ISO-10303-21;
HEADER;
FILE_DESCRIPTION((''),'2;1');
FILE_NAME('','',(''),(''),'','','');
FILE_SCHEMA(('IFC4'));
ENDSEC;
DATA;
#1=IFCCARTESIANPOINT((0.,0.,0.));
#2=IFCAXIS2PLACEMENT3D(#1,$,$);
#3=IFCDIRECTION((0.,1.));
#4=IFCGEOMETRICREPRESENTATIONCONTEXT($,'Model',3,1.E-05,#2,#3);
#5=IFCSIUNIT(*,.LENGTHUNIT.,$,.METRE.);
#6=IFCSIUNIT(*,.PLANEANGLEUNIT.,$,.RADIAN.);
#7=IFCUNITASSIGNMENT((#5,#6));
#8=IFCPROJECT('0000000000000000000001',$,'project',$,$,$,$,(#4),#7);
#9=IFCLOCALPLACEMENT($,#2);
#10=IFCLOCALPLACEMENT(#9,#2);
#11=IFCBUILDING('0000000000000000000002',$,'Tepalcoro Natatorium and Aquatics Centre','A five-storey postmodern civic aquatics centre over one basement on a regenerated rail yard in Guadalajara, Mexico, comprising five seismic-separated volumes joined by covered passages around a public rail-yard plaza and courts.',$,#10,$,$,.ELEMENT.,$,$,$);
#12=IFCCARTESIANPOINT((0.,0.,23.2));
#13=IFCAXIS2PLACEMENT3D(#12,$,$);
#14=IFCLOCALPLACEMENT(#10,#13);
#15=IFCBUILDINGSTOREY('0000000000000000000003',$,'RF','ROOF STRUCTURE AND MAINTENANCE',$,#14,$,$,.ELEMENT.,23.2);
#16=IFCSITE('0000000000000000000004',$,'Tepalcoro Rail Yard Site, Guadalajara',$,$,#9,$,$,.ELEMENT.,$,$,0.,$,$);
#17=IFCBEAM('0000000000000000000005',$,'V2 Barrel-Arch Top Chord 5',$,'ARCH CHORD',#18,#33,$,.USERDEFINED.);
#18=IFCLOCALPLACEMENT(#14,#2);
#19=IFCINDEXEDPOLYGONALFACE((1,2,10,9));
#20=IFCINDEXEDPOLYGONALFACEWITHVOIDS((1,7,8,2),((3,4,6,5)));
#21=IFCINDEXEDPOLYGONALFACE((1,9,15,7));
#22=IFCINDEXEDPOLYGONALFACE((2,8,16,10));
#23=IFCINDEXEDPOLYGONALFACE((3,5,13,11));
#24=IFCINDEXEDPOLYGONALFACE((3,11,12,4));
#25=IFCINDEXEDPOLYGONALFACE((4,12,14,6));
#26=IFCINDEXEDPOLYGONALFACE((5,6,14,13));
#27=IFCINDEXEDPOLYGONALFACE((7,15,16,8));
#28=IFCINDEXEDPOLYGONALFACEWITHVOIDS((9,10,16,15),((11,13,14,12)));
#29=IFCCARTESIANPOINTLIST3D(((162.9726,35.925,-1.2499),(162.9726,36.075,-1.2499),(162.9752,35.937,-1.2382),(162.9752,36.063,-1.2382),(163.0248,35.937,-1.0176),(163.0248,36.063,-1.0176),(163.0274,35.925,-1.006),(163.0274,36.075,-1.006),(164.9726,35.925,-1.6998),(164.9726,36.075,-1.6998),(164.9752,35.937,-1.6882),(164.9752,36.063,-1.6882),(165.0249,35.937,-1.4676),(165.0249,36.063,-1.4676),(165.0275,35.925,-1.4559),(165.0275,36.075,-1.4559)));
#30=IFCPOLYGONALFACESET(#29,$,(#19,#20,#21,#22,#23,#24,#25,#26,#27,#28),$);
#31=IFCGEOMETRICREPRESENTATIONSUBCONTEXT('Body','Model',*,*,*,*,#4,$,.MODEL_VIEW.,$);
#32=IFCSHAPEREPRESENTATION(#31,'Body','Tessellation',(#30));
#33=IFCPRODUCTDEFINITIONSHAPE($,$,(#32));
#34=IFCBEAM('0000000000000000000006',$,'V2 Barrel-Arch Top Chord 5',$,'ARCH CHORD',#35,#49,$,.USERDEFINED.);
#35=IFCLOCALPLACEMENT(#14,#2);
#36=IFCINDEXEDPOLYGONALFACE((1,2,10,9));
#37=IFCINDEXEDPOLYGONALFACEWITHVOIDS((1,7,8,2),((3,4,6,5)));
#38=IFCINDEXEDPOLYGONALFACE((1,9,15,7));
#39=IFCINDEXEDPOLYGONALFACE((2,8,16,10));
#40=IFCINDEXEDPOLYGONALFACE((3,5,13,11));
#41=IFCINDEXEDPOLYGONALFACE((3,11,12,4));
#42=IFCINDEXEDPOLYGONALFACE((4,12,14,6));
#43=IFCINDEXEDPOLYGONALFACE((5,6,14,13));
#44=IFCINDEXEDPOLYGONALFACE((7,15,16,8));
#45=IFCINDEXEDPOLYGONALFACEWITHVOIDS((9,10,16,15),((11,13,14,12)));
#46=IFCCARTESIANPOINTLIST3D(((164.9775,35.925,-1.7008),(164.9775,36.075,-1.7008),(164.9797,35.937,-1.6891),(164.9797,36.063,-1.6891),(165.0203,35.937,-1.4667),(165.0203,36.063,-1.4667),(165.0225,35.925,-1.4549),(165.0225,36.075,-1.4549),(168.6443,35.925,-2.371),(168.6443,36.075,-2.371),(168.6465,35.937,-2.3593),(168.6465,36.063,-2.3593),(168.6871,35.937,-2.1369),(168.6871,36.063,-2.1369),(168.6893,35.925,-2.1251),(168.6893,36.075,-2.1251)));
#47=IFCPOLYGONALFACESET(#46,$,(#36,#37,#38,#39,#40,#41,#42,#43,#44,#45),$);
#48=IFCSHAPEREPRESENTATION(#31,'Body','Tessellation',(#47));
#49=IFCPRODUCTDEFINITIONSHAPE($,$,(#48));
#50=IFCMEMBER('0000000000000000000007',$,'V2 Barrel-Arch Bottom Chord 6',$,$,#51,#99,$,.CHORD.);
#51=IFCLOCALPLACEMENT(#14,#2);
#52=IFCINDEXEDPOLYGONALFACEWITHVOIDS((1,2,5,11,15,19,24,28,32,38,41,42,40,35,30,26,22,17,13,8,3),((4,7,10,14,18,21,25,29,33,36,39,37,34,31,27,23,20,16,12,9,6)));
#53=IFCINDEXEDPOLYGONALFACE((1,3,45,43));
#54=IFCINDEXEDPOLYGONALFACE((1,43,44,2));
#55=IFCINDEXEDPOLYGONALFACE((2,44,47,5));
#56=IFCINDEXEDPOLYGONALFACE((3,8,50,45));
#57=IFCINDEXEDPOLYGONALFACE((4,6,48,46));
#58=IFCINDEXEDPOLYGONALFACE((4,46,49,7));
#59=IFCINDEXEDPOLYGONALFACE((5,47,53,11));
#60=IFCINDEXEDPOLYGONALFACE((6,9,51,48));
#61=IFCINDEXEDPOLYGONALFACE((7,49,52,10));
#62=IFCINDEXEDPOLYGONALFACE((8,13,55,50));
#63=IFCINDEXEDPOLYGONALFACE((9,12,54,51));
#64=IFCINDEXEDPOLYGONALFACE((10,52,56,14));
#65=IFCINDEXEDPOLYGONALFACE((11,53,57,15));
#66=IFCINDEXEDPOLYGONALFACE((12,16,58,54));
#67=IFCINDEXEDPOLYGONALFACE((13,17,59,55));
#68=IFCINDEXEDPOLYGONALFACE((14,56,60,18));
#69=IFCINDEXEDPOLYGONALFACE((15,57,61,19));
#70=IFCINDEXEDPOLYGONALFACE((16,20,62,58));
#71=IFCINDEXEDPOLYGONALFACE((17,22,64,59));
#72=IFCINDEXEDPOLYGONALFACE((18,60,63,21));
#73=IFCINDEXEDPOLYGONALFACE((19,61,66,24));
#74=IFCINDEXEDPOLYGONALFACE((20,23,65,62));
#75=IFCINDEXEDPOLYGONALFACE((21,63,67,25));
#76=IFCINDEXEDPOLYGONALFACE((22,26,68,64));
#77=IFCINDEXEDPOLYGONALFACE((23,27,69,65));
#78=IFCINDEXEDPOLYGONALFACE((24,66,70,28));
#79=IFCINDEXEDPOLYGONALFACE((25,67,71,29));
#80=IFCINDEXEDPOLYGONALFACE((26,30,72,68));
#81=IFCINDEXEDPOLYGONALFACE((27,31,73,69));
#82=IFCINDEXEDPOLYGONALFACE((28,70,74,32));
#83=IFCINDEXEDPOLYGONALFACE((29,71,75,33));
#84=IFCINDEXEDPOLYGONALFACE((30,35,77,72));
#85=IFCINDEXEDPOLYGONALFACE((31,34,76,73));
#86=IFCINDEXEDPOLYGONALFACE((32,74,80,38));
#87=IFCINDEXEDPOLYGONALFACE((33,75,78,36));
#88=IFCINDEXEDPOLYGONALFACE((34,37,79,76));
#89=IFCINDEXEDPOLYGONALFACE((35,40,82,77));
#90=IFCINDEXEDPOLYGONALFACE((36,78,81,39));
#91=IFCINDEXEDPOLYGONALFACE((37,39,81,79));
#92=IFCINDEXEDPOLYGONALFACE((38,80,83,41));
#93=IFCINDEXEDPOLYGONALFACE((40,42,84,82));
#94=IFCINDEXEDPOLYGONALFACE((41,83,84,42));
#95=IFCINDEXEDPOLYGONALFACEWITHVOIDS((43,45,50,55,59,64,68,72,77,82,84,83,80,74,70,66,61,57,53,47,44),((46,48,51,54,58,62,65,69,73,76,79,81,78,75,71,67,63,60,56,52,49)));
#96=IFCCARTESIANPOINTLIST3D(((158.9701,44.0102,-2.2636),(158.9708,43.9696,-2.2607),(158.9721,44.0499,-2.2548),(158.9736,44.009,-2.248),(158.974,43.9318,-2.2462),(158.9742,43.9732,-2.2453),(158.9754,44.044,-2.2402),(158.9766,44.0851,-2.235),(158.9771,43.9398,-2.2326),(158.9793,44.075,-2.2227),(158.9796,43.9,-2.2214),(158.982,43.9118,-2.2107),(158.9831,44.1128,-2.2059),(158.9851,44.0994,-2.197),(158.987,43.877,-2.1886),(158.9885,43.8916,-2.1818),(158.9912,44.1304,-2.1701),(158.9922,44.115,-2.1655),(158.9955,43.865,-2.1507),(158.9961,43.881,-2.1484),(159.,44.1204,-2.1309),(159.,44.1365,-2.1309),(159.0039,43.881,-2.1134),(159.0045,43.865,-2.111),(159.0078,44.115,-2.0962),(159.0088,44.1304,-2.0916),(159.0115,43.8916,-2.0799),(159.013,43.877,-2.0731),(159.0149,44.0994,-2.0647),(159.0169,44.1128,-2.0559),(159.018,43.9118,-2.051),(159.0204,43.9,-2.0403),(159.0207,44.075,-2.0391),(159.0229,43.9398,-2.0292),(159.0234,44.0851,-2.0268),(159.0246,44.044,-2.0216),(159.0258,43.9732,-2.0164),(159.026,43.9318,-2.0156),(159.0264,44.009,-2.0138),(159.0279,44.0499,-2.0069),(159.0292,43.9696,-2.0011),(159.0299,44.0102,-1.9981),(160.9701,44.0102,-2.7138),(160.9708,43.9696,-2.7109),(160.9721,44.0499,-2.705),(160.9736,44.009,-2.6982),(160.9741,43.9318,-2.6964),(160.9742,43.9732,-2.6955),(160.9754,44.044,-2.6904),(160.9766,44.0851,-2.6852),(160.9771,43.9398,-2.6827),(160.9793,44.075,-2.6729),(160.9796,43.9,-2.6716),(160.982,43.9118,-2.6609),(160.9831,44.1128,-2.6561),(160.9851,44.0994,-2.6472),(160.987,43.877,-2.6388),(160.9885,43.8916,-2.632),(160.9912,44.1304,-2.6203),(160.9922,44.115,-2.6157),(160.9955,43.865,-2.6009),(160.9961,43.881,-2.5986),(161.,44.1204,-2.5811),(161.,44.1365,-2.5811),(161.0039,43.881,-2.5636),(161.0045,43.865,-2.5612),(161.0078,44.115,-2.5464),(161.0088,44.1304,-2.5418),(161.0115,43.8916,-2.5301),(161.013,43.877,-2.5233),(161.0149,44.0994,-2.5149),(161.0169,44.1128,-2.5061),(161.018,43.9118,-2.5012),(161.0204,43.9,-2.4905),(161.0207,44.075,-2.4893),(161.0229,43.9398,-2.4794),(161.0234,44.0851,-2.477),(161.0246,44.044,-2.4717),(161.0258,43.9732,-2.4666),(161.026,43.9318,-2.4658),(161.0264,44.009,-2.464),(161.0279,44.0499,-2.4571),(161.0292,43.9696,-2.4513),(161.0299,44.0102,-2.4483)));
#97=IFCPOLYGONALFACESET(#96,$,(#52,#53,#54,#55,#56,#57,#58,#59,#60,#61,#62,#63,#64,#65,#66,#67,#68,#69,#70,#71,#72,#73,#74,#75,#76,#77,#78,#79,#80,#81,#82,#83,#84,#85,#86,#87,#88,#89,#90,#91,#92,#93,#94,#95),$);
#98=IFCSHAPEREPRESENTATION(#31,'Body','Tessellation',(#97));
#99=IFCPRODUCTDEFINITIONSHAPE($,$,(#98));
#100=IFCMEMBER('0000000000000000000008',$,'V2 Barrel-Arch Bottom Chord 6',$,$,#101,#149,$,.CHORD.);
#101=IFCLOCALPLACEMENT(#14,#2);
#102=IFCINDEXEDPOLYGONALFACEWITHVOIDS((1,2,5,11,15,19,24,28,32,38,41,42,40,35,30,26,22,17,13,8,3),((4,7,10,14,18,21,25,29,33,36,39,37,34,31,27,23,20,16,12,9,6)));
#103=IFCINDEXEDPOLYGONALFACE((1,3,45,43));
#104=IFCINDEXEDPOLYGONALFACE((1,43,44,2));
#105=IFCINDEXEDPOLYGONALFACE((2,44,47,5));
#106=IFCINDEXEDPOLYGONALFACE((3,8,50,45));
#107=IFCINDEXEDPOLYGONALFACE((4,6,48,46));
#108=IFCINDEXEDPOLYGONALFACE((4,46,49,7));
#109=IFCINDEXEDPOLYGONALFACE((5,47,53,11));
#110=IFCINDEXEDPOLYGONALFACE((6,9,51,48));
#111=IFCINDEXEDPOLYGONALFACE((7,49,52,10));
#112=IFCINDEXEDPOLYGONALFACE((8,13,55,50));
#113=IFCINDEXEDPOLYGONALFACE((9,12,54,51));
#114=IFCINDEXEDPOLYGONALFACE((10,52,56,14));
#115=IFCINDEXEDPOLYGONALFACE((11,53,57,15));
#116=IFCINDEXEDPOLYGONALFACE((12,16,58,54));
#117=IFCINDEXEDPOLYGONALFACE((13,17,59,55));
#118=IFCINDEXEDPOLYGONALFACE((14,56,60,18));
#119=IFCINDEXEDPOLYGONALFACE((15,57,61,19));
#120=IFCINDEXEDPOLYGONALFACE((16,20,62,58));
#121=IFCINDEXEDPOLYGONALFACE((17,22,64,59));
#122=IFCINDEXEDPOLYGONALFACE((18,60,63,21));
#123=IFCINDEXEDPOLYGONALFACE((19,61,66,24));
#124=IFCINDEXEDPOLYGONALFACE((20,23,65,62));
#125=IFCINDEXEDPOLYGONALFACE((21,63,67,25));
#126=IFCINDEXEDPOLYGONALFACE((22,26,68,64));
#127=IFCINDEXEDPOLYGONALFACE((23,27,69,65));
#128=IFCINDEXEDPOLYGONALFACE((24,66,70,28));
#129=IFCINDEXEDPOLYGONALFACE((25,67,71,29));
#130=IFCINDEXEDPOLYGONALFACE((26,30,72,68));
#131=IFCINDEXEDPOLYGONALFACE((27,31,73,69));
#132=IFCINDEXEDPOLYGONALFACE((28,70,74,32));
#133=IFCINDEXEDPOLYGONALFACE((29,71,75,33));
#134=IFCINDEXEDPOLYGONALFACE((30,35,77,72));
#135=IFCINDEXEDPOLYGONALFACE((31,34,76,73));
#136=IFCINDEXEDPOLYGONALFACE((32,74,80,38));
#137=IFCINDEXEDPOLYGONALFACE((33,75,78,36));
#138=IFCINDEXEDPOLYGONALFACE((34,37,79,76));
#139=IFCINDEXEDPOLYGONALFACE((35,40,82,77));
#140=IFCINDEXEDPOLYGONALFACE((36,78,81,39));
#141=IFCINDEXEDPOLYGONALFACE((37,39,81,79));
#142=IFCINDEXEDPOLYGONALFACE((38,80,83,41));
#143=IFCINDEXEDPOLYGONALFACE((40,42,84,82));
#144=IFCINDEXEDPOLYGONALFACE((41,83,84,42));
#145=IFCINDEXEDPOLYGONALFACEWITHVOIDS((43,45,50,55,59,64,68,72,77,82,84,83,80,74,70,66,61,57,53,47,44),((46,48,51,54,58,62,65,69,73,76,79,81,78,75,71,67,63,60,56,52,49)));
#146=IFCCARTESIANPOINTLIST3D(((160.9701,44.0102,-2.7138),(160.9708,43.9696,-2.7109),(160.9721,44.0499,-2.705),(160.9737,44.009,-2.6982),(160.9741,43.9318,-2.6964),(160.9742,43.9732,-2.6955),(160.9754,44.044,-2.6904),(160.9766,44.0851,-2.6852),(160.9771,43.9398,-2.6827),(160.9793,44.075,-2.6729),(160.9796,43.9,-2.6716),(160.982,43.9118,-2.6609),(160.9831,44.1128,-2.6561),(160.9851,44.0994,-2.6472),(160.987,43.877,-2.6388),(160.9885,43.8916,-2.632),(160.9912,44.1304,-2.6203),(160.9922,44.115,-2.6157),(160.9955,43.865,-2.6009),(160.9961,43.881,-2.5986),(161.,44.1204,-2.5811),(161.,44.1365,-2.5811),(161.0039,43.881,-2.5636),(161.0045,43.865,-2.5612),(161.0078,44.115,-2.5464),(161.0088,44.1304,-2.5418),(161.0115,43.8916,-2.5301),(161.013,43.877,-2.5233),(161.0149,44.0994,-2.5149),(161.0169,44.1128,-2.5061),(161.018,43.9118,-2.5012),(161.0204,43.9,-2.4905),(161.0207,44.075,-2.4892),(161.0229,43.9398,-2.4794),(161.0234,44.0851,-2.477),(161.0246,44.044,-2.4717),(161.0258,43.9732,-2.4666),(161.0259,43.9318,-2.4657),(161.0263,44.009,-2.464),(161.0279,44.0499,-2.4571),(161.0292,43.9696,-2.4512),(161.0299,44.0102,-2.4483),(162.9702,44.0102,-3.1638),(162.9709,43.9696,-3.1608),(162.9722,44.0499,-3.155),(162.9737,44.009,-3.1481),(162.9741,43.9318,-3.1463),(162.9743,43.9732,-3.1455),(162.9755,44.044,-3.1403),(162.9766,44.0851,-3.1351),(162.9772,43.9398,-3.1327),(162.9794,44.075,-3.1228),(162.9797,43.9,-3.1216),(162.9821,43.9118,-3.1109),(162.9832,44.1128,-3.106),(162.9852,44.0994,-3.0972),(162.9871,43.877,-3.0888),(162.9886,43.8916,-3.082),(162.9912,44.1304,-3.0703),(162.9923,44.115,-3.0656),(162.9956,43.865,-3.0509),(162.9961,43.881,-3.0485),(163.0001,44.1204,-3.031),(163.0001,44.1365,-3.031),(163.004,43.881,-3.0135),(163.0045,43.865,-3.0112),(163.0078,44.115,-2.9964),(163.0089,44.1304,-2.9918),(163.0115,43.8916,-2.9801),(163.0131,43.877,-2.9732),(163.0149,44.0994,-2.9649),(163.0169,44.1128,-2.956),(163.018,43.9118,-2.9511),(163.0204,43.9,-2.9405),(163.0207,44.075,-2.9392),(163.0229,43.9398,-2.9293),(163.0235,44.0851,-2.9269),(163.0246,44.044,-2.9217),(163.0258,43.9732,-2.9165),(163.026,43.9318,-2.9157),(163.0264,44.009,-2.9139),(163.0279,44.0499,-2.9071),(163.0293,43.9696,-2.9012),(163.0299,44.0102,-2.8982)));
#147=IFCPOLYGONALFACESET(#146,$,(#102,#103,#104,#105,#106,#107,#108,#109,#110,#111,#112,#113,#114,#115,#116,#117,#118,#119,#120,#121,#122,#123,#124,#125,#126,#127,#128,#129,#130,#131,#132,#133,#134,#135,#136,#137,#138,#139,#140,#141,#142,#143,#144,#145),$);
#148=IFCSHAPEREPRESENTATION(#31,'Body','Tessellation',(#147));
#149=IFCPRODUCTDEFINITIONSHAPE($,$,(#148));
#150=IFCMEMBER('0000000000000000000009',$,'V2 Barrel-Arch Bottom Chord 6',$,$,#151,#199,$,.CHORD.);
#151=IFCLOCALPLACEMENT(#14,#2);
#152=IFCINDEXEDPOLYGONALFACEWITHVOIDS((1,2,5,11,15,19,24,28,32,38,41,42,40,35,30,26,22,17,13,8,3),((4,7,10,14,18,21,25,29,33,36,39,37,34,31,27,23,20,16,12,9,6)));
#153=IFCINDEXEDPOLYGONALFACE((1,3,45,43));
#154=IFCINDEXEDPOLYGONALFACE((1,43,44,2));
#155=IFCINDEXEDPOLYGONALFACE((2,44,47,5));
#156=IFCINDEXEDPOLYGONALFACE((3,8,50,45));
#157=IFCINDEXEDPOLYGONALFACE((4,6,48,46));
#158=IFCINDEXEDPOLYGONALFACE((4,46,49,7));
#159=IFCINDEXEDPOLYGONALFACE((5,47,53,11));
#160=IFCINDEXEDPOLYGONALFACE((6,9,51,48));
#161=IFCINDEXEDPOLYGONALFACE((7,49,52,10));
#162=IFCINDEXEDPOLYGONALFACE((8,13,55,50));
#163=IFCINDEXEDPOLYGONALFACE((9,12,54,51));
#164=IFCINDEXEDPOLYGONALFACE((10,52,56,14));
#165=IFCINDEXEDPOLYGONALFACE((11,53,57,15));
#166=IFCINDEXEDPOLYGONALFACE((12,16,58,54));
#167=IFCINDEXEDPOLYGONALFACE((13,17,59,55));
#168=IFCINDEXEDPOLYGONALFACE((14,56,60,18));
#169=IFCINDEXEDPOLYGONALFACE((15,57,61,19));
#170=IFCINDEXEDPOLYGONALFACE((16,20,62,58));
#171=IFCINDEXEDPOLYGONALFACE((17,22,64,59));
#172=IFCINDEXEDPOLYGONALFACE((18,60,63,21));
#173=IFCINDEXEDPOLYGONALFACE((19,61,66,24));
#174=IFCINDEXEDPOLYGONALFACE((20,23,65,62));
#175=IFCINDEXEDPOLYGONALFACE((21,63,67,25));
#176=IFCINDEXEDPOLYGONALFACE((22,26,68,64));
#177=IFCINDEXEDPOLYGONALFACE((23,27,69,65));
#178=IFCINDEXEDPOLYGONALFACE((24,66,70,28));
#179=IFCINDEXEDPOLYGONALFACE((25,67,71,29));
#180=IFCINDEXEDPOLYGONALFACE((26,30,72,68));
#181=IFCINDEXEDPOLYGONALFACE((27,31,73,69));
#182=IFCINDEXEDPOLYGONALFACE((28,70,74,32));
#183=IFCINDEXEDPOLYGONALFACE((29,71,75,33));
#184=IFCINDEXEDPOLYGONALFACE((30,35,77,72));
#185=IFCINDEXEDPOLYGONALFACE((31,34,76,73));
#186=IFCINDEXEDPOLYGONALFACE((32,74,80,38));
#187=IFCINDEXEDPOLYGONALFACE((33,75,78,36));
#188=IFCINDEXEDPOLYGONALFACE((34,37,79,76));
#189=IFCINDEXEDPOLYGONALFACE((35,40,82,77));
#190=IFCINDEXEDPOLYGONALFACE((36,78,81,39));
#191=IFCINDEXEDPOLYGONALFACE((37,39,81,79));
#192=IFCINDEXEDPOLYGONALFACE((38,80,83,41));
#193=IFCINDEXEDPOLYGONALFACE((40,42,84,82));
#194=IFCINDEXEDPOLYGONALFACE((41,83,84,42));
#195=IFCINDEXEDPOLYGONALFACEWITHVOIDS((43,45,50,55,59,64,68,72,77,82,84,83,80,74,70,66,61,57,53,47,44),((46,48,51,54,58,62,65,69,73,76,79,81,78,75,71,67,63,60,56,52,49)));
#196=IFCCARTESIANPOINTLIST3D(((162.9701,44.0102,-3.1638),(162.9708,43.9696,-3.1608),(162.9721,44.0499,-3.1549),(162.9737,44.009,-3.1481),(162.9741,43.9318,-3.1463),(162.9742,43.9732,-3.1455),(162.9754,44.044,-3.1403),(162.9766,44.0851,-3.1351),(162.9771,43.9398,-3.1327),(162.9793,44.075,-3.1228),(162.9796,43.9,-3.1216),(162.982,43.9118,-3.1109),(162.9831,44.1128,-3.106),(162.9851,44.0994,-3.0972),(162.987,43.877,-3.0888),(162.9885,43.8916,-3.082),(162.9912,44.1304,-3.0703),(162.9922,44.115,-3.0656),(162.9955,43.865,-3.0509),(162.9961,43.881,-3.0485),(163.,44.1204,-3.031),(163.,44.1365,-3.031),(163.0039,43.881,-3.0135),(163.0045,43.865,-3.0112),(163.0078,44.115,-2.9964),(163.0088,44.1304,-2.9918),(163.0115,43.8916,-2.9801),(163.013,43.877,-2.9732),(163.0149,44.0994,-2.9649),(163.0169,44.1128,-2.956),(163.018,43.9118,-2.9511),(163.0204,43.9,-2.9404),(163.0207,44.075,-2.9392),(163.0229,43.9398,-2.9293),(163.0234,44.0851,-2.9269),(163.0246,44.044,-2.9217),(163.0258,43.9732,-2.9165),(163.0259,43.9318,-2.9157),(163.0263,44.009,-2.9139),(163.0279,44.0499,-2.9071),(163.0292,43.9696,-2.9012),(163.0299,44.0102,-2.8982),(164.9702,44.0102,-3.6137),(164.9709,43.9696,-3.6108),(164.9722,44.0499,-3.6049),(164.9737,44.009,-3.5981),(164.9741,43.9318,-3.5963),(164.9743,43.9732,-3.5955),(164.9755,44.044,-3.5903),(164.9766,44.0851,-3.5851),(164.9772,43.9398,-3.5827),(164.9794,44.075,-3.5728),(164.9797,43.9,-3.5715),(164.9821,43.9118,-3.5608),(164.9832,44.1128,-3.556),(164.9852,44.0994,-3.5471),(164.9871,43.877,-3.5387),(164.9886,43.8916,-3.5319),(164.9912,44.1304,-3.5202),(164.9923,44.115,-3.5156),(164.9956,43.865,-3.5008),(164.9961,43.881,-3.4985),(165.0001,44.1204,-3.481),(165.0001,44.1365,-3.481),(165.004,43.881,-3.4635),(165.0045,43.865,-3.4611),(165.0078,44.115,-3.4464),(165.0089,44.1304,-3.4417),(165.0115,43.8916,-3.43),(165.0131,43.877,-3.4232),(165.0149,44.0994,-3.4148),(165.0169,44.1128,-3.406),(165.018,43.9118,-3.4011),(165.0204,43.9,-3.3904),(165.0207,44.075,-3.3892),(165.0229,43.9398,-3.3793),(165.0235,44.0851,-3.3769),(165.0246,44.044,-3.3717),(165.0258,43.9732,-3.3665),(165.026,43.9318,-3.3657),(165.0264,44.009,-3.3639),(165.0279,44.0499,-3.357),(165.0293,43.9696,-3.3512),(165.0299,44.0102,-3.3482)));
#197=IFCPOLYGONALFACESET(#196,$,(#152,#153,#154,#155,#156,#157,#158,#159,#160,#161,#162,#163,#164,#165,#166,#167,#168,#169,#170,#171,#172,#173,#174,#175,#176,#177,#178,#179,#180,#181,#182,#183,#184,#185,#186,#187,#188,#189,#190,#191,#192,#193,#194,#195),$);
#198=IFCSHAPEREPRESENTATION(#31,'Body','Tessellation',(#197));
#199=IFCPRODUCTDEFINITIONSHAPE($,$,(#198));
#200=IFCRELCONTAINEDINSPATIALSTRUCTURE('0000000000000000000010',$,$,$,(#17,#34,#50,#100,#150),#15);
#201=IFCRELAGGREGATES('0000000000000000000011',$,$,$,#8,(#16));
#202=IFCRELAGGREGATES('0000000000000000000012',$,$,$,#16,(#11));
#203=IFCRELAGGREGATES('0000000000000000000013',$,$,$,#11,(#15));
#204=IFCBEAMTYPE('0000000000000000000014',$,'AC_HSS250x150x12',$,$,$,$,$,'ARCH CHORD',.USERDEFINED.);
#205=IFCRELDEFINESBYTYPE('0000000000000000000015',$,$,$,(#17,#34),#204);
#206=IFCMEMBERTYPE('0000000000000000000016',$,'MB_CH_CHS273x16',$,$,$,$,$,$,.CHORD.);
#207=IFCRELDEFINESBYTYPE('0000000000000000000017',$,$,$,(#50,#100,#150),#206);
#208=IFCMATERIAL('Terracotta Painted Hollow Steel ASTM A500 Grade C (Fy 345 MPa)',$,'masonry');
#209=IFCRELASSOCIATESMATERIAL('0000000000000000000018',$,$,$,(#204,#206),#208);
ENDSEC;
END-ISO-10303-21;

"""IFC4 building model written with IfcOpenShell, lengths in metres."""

from ifc_helpers import new_model, si_unit, direction, frame, origin, origin_2d, place, context, subcontext, project, spatial, hollow_rectangle, hollow_circle, extrude, material, material_profile, profile_set, type_object, element, save


model = new_model("IFC4")

# Units and contexts
model_context = context("Model", 3, precision=1e-05, world=origin(), true_north=direction((0.0, 1.0)))
body_context = subcontext(model_context, "Body", "Model", "MODEL_VIEW")
ifc_project = project(units=[si_unit("LENGTHUNIT", "METRE"), si_unit("PLANEANGLEUNIT", "RADIAN")], contexts=[model_context])

# Site, building, storey
site_placement = place(None, origin())
site = spatial("IfcSite", under=ifc_project, at=site_placement, Name="Tepalcoro Rail Yard Site, Guadalajara", CompositionType="ELEMENT", RefElevation=0.0)
building_placement = place(site_placement, origin())
building = spatial("IfcBuilding", under=site, at=building_placement, Name="Tepalcoro Natatorium and Aquatics Centre", Description="A five-storey postmodern civic aquatics centre over one basement on a regenerated rail yard in Guadalajara, Mexico, comprising five seismic-separated volumes joined by covered passages around a public rail-yard plaza and courts.", CompositionType="ELEMENT")
storey_placement = place(building_placement, frame((0.0, 0.0, 23.2)))
storey = spatial("IfcBuildingStorey", under=building, at=storey_placement, Name="RF", Description="ROOF STRUCTURE AND MAINTENANCE", CompositionType="ELEMENT", Elevation=23.2)

# Beams
ifc_material_1 = material(Name="Terracotta Painted Hollow Steel ASTM A500 Grade C (Fy 345 MPa)", Category="masonry")
ifc_material_profile_1 = material_profile(ifc_material_1, hollow_rectangle(XDim=0.1499, YDim=0.25, WallThickness=0.012, at=origin_2d()), Name="HSS250X150X12")
ifc_profile_set_1 = profile_set([ifc_material_profile_1], Name="Terracotta Painted Hollow Steel ASTM A500 Grade C (Fy 345 MPa)")
beam_type_1 = type_object("IfcBeamType", Name="AC_HSS250x150x12", ElementType="ARCH CHORD", PredefinedType="USERDEFINED", material=ifc_profile_set_1)
for number, where, z_axis, x_axis, name in (
    (1, (163.0, 36.0, -1.1279), (0.975615, 0.0, -0.21949), (0.0, 1.0, 0.0), "V2 Barrel-Arch Top Chord 5"),
):
    element("IfcBeam", number, at=place(storey_placement, frame(where, z_axis=z_axis, x_axis=x_axis)), inside=storey, type_object=beam_type_1, Name=name, ObjectType="ARCH CHORD", PredefinedType="USERDEFINED", context=body_context, shape_type="SweptSolid", body=[
        extrude(hollow_rectangle(XDim=0.1499, YDim=0.25, WallThickness=0.012, at=origin_2d()), origin(), (0.0, 0.0, 1.0), 2.05),
    ])
beam_placement = place(storey_placement, frame((165.0, 36.0, -1.5779), z_axis=(0.983705, 0.0, -0.17979), x_axis=(0.0, 1.0, 0.0)))
element("IfcBeam", 2, at=beam_placement, inside=storey, type_object=beam_type_1, Name="V2 Barrel-Arch Top Chord 5", ObjectType="ARCH CHORD", PredefinedType="USERDEFINED", context=body_context, shape_type="SweptSolid", body=[
    extrude(hollow_rectangle(XDim=0.1499, YDim=0.25, WallThickness=0.012, at=origin_2d()), origin(), (0.0, 0.0, 1.0), 3.7275),
])

# Members
ifc_material_profile_2 = material_profile(ifc_material_1, hollow_circle(Radius=0.1365, WallThickness=0.0161, at=origin_2d()), Name="CHS273X16")
ifc_profile_set_2 = profile_set([ifc_material_profile_2], Name="Terracotta Painted Hollow Steel ASTM A500 Grade C (Fy 345 MPa)")
member_type_1 = type_object("IfcMemberType", Name="MB_CH_CHS273x16", PredefinedType="CHORD", material=ifc_profile_set_2)
for number, where, z_axis, x_axis, name in (
    (3, (159.0, 44.0, -2.1309), (0.975589, 0.0, -0.219603), (0.0, 1.0, 0.0), "V2 Barrel-Arch Bottom Chord 6"),
    (4, (161.0, 44.0, -2.5811), (0.975615, 0.0, -0.21949), (0.0, 1.0, 0.0), "V2 Barrel-Arch Bottom Chord 6"),
    (5, (163.0, 44.0, -3.031), (0.975615, 0.0, -0.21949), (0.0, 1.0, 0.0), "V2 Barrel-Arch Bottom Chord 6"),
):
    element("IfcMember", number, at=place(storey_placement, frame(where, z_axis=z_axis, x_axis=x_axis)), inside=storey, type_object=member_type_1, Name=name, PredefinedType="CHORD", context=body_context, shape_type="SweptSolid", body=[
        extrude(hollow_circle(Radius=0.1365, WallThickness=0.0161, at=origin_2d()), origin(), (0.0, 0.0, 1.0), 2.05),
    ])

save(model, "model.ifc")
